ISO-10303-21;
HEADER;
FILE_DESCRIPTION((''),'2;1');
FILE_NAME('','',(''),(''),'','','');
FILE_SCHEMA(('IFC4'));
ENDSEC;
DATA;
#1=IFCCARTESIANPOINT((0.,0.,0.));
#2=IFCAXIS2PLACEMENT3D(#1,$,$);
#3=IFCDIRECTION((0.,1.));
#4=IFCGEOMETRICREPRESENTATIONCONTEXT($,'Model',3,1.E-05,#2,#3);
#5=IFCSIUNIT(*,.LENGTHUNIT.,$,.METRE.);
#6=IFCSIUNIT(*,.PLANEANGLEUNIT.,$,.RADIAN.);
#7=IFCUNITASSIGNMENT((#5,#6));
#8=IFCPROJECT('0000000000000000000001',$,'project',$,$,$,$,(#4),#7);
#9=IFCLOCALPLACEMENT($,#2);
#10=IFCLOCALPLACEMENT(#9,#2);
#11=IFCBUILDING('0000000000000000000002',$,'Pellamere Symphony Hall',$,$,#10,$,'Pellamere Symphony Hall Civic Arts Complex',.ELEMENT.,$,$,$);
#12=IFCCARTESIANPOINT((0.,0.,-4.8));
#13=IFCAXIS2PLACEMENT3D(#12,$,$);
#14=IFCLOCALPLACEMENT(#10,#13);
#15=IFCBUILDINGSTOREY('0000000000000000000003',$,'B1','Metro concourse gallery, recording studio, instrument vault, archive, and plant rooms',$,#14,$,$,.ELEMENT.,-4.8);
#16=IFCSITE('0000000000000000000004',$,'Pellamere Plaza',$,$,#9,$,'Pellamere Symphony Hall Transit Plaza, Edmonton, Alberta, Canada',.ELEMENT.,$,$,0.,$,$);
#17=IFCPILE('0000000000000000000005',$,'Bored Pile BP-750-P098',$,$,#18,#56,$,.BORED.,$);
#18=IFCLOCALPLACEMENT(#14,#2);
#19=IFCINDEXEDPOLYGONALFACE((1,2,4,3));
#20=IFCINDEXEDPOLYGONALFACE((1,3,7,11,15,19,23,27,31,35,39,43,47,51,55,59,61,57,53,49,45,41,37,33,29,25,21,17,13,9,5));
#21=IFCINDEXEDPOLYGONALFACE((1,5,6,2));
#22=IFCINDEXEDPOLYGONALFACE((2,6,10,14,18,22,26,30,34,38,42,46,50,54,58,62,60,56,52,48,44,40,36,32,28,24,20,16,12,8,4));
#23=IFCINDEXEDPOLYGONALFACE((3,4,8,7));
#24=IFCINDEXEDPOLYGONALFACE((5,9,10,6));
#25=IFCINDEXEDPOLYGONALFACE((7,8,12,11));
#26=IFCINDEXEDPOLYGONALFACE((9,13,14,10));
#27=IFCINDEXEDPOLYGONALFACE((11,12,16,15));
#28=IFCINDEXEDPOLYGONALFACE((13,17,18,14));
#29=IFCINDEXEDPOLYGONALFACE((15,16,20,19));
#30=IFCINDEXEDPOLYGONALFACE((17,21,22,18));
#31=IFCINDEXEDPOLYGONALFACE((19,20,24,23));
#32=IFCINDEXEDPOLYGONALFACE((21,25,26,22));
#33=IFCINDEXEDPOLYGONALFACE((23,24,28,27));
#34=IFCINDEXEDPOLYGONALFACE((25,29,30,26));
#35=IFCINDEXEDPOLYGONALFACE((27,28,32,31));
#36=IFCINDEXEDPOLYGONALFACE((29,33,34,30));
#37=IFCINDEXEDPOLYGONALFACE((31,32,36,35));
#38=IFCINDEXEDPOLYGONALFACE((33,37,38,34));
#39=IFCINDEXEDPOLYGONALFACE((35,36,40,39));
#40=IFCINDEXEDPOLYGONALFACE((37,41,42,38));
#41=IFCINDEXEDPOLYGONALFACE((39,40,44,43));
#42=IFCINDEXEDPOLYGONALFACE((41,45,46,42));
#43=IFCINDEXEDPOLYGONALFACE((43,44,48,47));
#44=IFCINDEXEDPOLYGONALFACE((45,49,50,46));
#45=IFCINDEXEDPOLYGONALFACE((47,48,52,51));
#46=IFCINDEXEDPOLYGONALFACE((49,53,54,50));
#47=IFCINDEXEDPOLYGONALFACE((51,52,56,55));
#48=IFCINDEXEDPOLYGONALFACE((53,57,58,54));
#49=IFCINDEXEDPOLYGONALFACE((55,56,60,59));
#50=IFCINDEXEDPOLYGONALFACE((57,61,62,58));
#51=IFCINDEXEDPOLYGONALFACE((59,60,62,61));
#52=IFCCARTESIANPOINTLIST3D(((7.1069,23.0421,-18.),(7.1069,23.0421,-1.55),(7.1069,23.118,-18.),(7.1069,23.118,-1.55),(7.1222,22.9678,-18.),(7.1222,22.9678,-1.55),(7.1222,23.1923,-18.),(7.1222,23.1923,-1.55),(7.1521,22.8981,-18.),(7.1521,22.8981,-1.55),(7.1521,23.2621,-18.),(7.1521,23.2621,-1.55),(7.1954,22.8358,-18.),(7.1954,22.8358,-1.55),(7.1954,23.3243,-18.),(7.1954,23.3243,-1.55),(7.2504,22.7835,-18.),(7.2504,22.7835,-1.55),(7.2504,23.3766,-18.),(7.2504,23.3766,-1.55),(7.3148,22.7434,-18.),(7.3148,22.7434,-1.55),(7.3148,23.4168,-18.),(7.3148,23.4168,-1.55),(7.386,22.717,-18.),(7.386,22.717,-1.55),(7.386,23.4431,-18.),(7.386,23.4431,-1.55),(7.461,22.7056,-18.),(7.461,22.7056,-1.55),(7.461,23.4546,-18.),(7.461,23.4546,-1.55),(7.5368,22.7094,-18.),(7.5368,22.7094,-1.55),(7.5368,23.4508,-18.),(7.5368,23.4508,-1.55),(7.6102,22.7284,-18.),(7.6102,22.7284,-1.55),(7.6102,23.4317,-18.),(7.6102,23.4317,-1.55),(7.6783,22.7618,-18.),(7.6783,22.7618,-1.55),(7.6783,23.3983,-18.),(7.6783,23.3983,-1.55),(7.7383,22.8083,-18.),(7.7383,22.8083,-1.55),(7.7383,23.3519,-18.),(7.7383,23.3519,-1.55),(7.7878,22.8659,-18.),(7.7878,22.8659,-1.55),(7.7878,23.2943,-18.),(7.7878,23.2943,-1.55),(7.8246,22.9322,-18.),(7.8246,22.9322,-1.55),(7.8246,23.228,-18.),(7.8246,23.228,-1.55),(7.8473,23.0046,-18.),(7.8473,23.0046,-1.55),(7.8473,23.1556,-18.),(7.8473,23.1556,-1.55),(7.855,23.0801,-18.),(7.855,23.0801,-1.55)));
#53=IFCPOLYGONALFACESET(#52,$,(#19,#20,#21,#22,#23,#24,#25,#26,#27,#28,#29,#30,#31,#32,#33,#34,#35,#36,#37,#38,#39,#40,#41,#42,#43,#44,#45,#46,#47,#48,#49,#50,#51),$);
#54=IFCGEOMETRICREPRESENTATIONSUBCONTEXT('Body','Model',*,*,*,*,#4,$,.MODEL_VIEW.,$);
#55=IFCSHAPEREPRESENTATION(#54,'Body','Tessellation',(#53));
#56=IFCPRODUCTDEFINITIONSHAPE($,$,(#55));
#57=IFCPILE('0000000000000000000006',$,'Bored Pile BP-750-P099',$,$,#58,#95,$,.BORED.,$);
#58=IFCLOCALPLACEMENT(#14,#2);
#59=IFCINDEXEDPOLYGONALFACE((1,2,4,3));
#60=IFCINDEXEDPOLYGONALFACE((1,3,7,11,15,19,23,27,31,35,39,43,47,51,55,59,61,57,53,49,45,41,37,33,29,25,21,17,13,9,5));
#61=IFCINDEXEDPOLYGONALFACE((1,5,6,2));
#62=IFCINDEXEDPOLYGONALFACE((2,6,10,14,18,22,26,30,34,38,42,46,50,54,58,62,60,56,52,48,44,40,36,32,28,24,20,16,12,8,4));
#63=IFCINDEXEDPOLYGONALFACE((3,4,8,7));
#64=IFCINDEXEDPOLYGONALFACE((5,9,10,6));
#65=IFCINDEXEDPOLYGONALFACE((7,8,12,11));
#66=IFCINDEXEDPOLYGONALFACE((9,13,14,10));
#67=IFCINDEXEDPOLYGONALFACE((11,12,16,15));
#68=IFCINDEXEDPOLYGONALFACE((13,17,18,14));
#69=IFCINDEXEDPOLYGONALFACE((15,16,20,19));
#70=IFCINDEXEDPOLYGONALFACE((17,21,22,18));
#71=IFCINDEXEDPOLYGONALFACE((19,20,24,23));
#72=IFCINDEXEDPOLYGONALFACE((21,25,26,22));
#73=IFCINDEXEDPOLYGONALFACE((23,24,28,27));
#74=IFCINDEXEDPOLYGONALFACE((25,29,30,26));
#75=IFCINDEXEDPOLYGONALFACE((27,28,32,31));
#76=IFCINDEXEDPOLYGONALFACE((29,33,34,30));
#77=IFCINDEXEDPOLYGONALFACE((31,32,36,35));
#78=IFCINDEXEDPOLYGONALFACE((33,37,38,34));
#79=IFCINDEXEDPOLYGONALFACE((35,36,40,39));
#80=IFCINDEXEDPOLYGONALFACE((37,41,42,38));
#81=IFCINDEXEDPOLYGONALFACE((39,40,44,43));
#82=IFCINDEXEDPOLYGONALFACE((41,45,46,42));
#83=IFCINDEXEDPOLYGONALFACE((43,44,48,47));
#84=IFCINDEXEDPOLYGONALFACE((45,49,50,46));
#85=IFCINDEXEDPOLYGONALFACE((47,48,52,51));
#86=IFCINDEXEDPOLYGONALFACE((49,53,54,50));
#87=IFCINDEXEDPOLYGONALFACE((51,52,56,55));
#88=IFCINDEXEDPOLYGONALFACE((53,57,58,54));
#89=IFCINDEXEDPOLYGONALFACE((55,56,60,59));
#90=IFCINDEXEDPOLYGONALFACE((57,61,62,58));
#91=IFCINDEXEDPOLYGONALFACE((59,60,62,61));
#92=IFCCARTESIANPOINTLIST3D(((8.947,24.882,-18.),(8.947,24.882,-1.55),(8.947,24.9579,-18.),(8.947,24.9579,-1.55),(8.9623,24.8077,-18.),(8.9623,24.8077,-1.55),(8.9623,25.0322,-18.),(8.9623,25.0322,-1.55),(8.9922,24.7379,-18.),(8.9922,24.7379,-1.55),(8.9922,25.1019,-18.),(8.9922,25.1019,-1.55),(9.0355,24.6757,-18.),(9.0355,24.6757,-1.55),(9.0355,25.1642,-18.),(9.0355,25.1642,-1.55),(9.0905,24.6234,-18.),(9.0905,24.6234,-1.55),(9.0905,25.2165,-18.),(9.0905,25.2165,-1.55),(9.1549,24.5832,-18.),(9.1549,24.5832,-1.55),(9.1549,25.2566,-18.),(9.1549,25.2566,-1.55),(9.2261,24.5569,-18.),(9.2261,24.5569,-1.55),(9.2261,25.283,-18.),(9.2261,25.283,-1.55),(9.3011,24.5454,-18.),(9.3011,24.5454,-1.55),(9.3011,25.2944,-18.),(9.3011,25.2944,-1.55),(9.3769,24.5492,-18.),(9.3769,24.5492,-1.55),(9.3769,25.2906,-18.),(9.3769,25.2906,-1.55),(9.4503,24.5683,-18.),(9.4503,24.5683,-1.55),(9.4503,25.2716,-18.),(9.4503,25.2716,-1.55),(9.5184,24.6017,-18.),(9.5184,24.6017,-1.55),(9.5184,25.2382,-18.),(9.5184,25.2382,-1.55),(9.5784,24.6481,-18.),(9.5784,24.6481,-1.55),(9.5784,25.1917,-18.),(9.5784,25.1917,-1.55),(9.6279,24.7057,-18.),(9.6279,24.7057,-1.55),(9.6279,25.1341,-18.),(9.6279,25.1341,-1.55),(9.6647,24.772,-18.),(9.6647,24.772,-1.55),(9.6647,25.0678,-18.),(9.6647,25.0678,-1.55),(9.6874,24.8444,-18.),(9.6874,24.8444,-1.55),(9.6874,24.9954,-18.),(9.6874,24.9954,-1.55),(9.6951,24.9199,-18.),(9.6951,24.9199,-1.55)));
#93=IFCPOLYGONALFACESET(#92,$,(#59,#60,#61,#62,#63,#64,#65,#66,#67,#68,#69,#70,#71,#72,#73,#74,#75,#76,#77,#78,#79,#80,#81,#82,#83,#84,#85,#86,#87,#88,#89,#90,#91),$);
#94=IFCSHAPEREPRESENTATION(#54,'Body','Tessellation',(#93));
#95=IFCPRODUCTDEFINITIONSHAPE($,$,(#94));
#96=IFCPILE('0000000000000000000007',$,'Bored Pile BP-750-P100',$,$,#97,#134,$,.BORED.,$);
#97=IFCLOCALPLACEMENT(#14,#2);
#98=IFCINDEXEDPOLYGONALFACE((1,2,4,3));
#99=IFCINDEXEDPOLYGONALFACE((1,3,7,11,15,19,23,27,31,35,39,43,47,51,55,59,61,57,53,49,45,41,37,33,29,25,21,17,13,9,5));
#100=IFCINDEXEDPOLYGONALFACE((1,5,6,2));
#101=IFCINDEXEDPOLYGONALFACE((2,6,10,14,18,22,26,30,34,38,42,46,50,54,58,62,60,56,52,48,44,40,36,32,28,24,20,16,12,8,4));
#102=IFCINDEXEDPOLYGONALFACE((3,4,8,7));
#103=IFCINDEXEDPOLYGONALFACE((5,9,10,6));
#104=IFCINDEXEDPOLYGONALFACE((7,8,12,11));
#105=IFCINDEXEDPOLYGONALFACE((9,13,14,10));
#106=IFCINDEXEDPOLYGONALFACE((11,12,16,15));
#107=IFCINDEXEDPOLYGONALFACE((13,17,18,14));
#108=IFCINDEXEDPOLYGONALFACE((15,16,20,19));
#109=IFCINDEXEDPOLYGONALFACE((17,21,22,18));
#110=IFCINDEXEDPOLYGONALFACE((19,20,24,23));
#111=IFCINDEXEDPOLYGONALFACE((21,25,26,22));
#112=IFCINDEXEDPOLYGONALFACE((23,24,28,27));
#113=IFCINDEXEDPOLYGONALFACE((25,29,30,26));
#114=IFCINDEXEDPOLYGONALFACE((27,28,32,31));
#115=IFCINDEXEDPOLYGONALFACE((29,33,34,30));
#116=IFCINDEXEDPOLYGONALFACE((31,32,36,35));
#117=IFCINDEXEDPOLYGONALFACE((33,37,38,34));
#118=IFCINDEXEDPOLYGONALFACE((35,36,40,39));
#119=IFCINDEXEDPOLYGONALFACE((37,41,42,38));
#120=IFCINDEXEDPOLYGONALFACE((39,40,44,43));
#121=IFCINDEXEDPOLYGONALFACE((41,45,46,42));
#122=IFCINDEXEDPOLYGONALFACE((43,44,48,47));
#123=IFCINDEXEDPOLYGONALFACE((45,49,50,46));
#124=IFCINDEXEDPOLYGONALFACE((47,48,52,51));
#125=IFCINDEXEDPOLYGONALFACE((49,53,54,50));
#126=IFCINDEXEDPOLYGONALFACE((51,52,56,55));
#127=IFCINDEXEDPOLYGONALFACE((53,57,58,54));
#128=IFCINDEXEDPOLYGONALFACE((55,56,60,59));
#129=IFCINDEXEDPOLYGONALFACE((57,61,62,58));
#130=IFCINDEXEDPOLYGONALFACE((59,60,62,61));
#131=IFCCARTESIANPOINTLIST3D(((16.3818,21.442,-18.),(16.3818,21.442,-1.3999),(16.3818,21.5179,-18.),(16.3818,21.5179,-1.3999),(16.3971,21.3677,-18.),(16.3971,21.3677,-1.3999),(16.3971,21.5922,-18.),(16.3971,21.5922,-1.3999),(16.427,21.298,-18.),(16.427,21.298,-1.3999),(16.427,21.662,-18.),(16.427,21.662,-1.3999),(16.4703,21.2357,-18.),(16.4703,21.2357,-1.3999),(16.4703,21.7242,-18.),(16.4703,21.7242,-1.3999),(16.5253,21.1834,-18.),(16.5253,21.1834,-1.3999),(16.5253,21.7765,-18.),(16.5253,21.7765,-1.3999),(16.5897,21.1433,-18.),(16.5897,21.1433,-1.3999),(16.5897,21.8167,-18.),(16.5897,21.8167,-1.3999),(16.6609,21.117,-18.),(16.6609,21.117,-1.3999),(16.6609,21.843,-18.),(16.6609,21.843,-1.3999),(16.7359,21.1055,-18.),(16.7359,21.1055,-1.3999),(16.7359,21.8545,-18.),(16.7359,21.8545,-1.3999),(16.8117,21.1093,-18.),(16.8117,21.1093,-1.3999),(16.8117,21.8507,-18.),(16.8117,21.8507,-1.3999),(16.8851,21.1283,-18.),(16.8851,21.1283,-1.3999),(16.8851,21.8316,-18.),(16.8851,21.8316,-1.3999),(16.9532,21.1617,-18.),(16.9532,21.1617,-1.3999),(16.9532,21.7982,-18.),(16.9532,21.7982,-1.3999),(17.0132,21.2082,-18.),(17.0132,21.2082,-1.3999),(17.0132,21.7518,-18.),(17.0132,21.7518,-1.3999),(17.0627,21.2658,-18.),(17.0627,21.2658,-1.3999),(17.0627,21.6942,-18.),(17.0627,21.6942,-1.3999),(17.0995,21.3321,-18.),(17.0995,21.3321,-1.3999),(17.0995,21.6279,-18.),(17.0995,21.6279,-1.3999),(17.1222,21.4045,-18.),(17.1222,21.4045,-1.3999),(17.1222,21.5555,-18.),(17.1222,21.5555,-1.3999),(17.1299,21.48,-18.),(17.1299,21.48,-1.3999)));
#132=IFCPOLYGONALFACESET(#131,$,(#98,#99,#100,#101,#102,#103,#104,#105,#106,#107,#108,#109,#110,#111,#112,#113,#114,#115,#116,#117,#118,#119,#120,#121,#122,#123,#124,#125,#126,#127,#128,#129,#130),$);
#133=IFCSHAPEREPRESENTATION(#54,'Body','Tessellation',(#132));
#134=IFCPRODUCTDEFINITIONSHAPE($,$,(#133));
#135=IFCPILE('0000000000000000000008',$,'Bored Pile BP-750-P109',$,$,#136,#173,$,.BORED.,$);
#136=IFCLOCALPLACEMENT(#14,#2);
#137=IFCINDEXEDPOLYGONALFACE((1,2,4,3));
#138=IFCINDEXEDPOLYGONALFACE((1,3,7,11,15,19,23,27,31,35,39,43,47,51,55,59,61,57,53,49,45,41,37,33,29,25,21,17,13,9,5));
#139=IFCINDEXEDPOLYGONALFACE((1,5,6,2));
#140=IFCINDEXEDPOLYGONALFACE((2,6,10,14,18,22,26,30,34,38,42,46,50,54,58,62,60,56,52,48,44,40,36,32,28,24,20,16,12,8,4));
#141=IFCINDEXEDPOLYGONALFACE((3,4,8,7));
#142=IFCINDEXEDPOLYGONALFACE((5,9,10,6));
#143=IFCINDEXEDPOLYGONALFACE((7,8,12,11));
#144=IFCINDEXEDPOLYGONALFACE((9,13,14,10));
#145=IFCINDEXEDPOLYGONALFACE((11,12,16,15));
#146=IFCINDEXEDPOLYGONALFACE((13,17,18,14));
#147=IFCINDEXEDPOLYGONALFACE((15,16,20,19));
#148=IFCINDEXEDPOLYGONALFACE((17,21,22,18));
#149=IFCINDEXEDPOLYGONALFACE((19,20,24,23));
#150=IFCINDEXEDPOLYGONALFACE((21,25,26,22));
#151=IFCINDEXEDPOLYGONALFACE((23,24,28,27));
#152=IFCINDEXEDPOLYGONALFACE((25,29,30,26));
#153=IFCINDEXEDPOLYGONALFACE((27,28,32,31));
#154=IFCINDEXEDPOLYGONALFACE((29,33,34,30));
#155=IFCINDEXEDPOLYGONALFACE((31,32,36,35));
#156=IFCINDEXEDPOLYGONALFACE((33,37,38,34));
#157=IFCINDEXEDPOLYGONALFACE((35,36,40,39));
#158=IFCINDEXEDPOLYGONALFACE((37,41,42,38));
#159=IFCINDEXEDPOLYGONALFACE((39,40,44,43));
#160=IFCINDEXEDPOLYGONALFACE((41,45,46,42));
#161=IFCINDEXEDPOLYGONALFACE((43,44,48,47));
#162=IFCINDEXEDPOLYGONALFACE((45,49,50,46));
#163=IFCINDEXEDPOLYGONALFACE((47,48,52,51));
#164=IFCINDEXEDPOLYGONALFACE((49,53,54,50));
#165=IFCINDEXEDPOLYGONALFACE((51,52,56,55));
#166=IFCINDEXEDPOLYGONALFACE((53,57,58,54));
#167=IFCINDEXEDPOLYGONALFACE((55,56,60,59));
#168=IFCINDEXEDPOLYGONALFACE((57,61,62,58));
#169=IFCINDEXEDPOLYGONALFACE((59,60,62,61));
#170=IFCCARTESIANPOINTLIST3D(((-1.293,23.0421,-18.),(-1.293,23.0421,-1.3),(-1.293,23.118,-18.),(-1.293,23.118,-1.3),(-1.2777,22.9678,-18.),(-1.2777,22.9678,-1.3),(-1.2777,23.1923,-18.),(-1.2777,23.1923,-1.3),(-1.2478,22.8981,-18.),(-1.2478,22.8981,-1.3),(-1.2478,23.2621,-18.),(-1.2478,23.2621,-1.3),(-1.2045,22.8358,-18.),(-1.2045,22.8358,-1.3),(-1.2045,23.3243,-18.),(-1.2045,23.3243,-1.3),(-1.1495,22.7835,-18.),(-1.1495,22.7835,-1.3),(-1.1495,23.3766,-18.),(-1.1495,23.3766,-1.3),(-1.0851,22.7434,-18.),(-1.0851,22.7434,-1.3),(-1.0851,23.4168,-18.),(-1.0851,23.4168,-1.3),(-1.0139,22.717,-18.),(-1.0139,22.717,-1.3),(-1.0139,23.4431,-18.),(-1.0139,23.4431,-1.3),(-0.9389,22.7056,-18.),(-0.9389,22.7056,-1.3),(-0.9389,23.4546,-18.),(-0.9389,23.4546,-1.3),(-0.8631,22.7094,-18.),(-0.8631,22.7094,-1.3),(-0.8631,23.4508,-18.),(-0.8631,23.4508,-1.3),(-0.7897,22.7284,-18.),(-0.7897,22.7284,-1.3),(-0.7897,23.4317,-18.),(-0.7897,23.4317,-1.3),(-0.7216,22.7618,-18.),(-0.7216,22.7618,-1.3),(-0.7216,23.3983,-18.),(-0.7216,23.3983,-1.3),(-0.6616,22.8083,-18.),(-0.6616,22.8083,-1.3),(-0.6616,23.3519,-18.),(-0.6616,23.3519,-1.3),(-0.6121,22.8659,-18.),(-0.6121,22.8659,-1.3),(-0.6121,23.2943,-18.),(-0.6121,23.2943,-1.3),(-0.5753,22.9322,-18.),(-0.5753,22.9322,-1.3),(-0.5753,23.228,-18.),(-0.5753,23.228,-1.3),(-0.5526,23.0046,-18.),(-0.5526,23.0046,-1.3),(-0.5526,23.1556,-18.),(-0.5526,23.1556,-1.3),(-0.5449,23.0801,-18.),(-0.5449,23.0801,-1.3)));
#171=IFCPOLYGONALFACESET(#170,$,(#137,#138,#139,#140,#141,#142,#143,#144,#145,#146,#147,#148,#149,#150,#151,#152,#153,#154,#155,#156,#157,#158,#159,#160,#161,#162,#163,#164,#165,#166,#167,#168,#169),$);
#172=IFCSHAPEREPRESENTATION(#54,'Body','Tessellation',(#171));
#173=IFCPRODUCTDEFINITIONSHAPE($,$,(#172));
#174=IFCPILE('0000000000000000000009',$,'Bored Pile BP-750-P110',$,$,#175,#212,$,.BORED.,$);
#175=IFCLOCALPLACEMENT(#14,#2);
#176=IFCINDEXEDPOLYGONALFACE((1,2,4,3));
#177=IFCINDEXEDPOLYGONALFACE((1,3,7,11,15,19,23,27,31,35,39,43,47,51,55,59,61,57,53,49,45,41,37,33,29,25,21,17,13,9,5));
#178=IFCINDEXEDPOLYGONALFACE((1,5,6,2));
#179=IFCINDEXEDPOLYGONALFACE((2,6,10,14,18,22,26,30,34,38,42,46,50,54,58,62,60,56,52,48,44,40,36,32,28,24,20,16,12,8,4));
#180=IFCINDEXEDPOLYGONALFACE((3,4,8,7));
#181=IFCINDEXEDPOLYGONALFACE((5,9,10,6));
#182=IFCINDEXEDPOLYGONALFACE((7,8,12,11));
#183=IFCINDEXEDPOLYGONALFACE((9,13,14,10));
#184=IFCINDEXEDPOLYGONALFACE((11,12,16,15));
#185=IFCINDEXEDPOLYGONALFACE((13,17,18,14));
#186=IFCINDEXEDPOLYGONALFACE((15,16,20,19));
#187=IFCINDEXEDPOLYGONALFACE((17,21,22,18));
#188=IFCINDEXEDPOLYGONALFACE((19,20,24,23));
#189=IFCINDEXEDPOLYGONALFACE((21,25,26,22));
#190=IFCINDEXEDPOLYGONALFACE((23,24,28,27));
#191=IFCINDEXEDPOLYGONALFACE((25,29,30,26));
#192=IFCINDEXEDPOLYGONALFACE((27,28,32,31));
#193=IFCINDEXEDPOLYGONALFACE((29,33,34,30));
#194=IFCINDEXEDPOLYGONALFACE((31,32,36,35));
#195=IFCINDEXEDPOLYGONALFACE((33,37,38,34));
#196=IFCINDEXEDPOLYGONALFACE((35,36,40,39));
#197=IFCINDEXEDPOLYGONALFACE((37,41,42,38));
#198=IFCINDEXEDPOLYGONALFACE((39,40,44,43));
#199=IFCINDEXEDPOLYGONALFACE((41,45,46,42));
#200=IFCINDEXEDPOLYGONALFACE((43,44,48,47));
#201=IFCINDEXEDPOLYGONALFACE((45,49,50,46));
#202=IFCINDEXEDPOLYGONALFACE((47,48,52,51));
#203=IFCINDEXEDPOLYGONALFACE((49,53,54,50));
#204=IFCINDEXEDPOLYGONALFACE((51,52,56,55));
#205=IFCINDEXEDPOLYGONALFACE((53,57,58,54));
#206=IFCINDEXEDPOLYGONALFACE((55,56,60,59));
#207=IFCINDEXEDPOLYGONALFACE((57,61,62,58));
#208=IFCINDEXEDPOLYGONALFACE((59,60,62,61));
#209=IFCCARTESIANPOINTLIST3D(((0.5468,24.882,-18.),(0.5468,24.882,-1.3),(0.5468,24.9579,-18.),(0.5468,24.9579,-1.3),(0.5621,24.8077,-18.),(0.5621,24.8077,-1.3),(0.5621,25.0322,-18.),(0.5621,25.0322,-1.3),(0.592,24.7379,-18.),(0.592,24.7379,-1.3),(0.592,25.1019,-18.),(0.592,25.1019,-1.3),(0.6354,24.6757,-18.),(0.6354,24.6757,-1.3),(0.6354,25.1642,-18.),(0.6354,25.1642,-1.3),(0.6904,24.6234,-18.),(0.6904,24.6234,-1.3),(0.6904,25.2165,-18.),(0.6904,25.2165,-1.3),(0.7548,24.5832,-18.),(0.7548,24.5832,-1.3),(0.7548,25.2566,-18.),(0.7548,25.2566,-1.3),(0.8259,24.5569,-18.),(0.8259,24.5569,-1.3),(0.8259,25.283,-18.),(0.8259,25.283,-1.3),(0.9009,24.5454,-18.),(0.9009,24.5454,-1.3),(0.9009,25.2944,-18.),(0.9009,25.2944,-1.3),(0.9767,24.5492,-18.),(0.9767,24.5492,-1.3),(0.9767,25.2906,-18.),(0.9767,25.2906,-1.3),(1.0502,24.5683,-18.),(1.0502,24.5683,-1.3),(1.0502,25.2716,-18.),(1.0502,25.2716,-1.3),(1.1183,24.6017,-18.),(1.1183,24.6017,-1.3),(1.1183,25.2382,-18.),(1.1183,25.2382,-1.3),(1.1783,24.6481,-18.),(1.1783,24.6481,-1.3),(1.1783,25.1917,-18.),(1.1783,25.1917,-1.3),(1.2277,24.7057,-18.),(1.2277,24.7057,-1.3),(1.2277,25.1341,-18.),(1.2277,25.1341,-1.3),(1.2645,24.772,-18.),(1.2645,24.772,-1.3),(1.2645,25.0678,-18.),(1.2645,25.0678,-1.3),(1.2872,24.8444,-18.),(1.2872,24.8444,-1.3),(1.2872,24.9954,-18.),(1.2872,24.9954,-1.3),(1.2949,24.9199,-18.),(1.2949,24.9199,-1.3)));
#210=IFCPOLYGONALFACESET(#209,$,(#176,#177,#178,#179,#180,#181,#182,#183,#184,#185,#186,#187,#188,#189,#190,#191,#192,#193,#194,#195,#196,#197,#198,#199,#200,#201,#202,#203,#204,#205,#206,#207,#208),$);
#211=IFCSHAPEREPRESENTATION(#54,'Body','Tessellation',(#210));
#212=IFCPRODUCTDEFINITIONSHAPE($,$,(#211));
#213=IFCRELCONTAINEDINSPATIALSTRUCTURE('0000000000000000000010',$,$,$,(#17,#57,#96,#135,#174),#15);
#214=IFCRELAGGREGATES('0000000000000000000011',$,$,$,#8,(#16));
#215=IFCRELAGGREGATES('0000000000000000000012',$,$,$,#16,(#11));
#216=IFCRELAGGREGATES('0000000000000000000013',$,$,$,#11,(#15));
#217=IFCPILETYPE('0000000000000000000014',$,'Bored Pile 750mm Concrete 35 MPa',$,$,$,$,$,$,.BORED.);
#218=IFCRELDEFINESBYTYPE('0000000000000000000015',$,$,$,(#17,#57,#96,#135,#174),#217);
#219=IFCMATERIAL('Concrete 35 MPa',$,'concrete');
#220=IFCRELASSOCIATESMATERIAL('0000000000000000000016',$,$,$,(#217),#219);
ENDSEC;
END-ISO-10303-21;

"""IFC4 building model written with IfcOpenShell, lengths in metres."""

from ifc_helpers import new_model, si_unit, direction, frame, origin, origin_2d, place, context, subcontext, project, spatial, circle, extrude, material, material_profile, profile_set, type_object, element, save


model = new_model("IFC4")

# Units and contexts
model_context = context("Model", 3, precision=1e-05, world=origin(), true_north=direction((0.0, 1.0)))
body_context = subcontext(model_context, "Body", "Model", "MODEL_VIEW")
ifc_project = project(units=[si_unit("LENGTHUNIT", "METRE"), si_unit("PLANEANGLEUNIT", "RADIAN")], contexts=[model_context])

# Site, building, storey
site_placement = place(None, origin())
site = spatial("IfcSite", under=ifc_project, at=site_placement, Name="Pellamere Plaza", LongName="Pellamere Symphony Hall Transit Plaza, Edmonton, Alberta, Canada", CompositionType="ELEMENT", RefElevation=0.0)
building_placement = place(site_placement, origin())
building = spatial("IfcBuilding", under=site, at=building_placement, Name="Pellamere Symphony Hall", LongName="Pellamere Symphony Hall Civic Arts Complex", CompositionType="ELEMENT")
storey_placement = place(building_placement, frame((0.0, 0.0, -4.8)))
storey = spatial("IfcBuildingStorey", under=building, at=storey_placement, Name="B1", Description="Metro concourse gallery, recording studio, instrument vault, archive, and plant rooms", CompositionType="ELEMENT", Elevation=-4.8)

# Piles
ifc_material_1 = material(Name="Concrete 35 MPa", Category="concrete")
ifc_material_profile_1 = material_profile(ifc_material_1, circle(Radius=0.375, at=origin_2d()), Name="PILE D750")
ifc_profile_set_1 = profile_set([ifc_material_profile_1], Name="Concrete 35 MPa")
pile_type = type_object("IfcPileType", Name="Bored Pile 750mm Concrete 35 MPa", PredefinedType="BORED", material=ifc_profile_set_1)
for number, where, z_axis, x_axis, name in (
    (1, (7.48, 23.0801, -1.55), (0.0, 0.0, -1.0), (1.0, 0.0, 0.0), "Bored Pile BP-750-P098"),
    (2, (9.3201, 24.9199, -1.55), (0.0, 0.0, -1.0), (1.0, 0.0, 0.0), "Bored Pile BP-750-P099"),
):
    element("IfcPile", number, at=place(storey_placement, frame(where, z_axis=z_axis, x_axis=x_axis)), inside=storey, type_object=pile_type, Name=name, PredefinedType="BORED", context=body_context, shape_type="SweptSolid", body=[
        extrude(circle(Radius=0.375, at=origin_2d()), origin(), (0.0, 0.0, 1.0), 16.45),
    ])
pile_1_placement = place(storey_placement, frame((16.7549, 21.48, -1.3999), z_axis=(0.0, 0.0, -1.0), x_axis=(1.0, 0.0, 0.0)))
element("IfcPile", 3, at=pile_1_placement, inside=storey, type_object=pile_type, Name="Bored Pile BP-750-P100", PredefinedType="BORED", context=body_context, shape_type="SweptSolid", body=[
    extrude(circle(Radius=0.375, at=origin_2d()), origin(), (0.0, 0.0, 1.0), 16.6001),
])
for number, where, z_axis, x_axis, name in (
    (4, (-0.9199, 23.0801, -1.3), (0.0, 0.0, -1.0), (1.0, 0.0, 0.0), "Bored Pile BP-750-P109"),
    (5, (0.9199, 24.9199, -1.3), (0.0, 0.0, -1.0), (1.0, 0.0, 0.0), "Bored Pile BP-750-P110"),
):
    element("IfcPile", number, at=place(storey_placement, frame(where, z_axis=z_axis, x_axis=x_axis)), inside=storey, type_object=pile_type, Name=name, PredefinedType="BORED", context=body_context, shape_type="SweptSolid", body=[
        extrude(circle(Radius=0.375, at=origin_2d()), origin(), (0.0, 0.0, 1.0), 16.7),
    ])

save(model, "model.ifc")
